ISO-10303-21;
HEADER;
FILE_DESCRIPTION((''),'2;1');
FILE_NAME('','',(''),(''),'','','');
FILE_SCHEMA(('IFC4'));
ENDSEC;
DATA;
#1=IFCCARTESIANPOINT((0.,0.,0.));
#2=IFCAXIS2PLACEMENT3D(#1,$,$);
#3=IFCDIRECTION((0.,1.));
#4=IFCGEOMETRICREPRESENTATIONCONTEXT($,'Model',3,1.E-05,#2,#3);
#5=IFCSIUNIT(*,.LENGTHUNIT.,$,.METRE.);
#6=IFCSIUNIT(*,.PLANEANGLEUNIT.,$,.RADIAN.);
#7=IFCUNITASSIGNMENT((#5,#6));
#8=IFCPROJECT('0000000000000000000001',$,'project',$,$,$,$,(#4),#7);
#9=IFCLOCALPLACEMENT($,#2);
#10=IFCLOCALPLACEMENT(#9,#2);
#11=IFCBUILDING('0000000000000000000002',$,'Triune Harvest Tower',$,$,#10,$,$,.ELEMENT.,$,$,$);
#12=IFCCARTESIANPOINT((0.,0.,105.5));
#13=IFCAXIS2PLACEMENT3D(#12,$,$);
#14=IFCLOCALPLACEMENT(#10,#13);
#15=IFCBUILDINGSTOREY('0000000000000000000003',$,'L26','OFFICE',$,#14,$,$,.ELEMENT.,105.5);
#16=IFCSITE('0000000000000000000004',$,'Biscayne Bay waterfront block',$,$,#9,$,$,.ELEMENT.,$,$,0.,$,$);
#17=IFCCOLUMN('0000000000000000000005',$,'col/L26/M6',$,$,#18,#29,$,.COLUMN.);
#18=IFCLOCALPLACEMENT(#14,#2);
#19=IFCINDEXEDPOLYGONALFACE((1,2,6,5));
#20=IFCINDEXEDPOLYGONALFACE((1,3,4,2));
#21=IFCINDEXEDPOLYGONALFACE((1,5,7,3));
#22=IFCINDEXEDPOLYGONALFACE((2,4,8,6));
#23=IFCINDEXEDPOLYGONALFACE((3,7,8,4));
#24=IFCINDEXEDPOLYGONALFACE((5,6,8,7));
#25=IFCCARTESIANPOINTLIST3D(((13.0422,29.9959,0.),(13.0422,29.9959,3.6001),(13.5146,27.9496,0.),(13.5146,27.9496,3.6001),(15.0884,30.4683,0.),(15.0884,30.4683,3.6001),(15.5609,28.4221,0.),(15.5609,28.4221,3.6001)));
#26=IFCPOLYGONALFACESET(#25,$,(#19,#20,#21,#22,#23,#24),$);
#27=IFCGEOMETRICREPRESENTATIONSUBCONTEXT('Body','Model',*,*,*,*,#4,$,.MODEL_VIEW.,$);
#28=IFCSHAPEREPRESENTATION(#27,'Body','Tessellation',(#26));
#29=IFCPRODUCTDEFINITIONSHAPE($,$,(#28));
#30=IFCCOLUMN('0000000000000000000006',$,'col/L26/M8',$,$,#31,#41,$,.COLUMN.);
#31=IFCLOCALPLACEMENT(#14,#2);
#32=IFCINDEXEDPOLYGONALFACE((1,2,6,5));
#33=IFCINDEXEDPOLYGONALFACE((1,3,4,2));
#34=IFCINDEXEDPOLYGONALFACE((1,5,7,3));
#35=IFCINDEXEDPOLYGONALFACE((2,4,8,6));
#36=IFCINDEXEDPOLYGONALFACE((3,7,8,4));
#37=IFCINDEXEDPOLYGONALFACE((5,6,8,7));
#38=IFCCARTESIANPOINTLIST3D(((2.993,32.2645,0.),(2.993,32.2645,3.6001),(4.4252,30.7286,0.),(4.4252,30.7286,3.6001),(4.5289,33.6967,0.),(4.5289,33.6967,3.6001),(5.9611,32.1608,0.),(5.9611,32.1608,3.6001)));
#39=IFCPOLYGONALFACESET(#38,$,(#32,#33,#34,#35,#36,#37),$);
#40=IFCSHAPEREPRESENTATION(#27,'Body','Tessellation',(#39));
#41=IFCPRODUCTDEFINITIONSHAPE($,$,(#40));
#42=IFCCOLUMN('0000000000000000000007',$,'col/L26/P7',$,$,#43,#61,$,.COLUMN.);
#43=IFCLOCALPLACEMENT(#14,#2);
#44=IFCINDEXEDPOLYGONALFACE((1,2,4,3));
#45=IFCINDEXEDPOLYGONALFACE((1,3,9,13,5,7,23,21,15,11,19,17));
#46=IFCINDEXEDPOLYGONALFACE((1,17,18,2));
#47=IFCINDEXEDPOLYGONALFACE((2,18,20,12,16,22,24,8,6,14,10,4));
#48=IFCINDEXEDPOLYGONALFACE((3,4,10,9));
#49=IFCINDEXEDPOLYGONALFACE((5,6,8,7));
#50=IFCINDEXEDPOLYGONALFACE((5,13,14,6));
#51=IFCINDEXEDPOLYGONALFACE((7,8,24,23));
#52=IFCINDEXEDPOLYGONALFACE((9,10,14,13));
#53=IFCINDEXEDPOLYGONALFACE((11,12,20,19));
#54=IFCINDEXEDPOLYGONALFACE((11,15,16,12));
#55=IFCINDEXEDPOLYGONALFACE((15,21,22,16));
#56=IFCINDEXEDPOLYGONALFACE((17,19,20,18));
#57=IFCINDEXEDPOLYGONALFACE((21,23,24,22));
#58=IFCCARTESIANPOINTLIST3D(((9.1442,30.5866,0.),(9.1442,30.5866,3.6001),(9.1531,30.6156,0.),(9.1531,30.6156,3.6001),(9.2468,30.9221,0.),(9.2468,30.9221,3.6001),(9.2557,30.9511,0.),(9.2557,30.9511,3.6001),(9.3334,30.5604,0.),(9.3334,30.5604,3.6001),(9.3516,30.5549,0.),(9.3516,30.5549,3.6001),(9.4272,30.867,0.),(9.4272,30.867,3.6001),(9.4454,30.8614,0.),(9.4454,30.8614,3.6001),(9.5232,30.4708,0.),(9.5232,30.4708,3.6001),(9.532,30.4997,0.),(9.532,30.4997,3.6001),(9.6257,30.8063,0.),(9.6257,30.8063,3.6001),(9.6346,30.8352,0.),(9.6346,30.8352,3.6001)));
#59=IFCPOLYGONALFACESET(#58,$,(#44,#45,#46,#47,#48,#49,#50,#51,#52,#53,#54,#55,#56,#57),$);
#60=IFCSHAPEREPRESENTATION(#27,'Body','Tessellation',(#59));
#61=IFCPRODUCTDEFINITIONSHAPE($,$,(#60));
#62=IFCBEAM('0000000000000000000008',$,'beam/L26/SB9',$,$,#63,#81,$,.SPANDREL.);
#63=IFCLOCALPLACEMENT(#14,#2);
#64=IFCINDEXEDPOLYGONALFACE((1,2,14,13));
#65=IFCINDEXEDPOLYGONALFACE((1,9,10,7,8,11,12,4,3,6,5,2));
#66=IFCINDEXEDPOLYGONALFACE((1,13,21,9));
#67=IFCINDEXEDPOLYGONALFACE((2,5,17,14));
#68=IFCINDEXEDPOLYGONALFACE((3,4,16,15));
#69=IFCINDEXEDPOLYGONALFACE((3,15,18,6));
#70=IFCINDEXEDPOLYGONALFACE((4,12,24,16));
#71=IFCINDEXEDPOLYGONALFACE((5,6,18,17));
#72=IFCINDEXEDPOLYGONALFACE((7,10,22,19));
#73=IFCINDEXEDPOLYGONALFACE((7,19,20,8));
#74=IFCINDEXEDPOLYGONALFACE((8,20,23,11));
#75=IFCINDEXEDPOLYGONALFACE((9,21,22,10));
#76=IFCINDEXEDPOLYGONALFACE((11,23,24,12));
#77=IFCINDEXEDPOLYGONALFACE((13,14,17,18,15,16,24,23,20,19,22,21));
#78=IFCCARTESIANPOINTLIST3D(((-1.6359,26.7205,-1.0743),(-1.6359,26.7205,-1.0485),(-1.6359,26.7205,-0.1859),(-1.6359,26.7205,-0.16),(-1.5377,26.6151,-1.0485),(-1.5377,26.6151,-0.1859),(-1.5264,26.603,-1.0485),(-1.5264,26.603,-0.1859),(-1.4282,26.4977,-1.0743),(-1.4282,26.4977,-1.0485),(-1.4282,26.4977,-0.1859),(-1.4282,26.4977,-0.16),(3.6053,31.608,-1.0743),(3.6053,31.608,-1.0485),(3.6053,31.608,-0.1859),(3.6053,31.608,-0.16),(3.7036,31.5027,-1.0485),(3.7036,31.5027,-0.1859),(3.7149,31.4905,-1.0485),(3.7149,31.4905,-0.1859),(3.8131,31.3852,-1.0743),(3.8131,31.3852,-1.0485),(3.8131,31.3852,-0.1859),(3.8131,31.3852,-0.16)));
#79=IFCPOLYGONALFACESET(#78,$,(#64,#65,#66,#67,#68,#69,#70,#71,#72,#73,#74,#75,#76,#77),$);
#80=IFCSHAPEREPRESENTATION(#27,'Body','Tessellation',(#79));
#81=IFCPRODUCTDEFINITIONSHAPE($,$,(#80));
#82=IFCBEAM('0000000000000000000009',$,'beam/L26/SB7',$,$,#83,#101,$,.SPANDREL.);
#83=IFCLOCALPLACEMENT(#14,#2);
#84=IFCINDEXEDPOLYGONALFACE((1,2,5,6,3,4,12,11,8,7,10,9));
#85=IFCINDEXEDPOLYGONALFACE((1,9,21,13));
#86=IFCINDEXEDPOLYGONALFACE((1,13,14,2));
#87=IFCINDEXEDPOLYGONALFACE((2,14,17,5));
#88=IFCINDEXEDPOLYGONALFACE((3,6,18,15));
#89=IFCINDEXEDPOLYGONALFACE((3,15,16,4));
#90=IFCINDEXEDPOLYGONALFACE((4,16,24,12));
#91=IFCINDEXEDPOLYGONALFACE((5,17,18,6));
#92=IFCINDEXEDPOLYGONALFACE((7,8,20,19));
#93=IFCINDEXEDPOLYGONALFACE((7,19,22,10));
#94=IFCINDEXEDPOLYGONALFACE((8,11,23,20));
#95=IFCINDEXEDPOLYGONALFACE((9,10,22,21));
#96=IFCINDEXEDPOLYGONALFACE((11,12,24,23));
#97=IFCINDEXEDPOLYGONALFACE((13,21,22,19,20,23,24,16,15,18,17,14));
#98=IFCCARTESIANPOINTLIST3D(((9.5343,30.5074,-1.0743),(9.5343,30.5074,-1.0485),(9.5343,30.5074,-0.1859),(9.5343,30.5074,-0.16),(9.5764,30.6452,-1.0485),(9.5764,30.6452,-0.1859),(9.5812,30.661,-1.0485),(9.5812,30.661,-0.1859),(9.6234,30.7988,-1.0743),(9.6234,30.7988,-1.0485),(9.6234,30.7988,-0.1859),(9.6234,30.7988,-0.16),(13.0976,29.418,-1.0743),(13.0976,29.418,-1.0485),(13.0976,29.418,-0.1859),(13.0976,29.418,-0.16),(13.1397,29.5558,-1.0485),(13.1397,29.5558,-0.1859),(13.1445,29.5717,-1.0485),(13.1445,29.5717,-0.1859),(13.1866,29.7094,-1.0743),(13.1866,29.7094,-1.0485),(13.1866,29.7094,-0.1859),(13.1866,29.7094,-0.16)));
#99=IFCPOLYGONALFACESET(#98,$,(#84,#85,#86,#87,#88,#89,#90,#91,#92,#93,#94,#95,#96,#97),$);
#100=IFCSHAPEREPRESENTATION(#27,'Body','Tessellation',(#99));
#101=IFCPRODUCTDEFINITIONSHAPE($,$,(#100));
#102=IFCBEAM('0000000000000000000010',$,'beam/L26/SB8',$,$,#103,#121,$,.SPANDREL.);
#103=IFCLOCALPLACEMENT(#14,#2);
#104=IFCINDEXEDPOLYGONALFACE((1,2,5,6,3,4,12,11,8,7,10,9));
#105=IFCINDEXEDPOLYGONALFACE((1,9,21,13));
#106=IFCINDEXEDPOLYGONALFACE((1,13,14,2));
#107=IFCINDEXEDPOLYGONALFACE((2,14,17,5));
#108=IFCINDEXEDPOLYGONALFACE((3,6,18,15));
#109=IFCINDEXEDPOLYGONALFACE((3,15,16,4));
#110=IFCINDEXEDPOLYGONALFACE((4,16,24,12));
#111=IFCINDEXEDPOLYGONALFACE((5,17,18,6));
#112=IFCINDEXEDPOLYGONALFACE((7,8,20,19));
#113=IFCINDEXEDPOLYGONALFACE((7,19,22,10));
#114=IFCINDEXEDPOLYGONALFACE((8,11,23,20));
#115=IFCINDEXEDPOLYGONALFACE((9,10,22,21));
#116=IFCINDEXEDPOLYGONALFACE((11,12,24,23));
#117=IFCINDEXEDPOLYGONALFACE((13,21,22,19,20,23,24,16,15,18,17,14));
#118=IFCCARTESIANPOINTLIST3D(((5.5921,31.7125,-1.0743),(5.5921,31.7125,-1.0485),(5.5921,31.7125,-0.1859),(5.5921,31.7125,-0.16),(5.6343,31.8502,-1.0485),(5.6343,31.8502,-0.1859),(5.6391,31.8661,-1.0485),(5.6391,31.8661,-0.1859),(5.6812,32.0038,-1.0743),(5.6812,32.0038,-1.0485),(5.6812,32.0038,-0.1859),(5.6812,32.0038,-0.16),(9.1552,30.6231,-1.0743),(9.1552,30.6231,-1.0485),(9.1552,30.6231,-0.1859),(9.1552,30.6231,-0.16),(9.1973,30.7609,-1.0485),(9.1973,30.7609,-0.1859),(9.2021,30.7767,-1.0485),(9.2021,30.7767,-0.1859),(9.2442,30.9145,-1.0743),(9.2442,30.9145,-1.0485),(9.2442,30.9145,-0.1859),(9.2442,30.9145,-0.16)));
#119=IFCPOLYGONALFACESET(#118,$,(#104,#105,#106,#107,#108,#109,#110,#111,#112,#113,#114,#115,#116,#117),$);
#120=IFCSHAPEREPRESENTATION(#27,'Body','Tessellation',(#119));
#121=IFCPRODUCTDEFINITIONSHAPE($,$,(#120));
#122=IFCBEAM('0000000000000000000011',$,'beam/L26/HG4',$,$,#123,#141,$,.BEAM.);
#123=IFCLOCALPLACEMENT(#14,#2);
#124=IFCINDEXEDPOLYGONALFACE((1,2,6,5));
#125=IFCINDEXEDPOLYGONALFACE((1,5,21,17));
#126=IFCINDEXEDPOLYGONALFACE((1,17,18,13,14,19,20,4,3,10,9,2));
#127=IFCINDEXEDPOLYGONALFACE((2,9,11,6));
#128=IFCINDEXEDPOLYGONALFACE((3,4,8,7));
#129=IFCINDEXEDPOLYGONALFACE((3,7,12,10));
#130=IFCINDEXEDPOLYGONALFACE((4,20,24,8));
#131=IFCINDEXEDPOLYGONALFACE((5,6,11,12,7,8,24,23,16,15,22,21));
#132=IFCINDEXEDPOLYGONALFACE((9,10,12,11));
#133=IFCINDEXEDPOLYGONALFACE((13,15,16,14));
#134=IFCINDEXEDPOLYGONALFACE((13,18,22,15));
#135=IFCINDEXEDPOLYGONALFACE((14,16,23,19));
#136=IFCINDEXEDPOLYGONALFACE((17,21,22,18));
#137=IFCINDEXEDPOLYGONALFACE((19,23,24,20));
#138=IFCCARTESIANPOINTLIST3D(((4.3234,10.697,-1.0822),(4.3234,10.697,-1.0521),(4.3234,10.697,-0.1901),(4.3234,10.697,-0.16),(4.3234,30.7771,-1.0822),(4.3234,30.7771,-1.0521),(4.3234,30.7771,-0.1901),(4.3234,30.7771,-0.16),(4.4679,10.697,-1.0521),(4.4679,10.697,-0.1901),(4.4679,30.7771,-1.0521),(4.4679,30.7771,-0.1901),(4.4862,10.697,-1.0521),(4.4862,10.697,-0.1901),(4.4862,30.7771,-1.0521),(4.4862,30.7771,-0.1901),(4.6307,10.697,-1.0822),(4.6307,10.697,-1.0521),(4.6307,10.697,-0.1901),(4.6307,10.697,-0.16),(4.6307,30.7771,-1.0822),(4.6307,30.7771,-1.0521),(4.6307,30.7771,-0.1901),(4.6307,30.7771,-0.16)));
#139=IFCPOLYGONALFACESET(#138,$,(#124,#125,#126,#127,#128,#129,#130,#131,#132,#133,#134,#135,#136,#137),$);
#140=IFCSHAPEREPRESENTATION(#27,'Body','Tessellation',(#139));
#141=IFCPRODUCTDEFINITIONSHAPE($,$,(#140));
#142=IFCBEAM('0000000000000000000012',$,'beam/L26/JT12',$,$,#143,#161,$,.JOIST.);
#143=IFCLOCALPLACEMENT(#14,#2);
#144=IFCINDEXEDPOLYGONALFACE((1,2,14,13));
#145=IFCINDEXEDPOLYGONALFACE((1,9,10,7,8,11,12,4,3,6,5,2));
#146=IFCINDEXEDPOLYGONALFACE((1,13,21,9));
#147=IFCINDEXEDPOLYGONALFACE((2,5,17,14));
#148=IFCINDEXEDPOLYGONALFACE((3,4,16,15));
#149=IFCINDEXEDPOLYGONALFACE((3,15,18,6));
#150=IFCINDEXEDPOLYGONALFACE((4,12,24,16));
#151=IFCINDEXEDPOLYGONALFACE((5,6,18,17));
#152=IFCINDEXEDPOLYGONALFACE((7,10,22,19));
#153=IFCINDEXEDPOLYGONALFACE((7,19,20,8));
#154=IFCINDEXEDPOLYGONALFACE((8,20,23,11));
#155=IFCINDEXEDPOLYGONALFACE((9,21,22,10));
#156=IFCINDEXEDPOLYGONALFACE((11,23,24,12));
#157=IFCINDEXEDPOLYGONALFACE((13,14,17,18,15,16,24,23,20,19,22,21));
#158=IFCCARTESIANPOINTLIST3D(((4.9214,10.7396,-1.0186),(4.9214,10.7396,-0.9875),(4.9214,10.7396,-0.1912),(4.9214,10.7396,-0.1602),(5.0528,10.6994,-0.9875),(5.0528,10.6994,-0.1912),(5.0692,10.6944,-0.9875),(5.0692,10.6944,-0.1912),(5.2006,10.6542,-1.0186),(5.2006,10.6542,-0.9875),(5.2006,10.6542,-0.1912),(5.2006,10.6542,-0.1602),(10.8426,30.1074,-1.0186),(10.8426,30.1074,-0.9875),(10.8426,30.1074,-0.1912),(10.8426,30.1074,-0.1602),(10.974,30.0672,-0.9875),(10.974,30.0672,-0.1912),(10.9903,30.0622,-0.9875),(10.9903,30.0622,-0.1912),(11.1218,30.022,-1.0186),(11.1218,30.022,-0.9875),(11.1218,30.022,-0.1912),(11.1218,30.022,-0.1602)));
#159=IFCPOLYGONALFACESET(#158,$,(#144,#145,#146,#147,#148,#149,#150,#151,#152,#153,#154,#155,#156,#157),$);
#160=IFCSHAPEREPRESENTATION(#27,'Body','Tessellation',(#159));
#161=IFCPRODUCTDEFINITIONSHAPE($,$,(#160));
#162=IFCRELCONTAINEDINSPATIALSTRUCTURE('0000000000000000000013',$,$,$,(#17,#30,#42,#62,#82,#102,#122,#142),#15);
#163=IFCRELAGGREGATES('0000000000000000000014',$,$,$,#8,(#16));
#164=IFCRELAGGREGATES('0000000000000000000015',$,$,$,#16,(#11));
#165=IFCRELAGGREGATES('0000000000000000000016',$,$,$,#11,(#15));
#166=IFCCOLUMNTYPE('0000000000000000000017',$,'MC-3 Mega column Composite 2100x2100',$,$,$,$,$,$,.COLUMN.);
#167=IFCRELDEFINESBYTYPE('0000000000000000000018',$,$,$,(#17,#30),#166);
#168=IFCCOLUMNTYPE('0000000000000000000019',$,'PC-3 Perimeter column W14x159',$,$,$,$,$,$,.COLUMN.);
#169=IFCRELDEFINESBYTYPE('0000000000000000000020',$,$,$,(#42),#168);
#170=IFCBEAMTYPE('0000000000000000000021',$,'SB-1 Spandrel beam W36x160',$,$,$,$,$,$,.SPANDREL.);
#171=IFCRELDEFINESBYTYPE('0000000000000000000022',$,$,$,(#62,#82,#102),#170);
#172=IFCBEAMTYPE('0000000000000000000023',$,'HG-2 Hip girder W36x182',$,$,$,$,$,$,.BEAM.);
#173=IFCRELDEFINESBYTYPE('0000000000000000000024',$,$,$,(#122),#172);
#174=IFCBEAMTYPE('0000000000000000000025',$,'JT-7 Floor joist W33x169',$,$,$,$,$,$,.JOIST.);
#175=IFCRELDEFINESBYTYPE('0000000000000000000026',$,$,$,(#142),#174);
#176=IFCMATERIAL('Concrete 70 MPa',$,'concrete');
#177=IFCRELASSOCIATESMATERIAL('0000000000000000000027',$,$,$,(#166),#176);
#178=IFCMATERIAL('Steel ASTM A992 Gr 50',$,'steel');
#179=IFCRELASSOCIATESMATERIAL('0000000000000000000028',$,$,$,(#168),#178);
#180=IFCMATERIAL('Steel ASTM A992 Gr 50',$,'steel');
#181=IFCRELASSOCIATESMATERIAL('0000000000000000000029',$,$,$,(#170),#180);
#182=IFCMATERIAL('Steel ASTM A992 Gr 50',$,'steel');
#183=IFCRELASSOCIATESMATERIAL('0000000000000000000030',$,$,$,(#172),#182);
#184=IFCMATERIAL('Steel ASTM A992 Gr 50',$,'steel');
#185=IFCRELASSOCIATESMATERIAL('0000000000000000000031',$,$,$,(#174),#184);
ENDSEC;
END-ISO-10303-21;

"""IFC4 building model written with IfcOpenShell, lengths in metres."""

from ifc_helpers import new_model, si_unit, direction, frame, origin, origin_2d, place, context, subcontext, project, spatial, rectangle, i_section, extrude, source, transform, mapped, material, material_profile, profile_set, type_object, element, save


model = new_model("IFC4")

# Units and contexts
model_context = context("Model", 3, precision=1e-05, world=origin(), true_north=direction((0.0, 1.0)))
body_context = subcontext(model_context, "Body", "Model", "MODEL_VIEW")
ifc_project = project(units=[si_unit("LENGTHUNIT", "METRE"), si_unit("PLANEANGLEUNIT", "RADIAN")], contexts=[model_context])

# Site, building, storey
site_placement = place(None, origin())
site = spatial("IfcSite", under=ifc_project, at=site_placement, Name="Biscayne Bay waterfront block", CompositionType="ELEMENT", RefElevation=0.0)
building_placement = place(site_placement, origin())
building = spatial("IfcBuilding", under=site, at=building_placement, Name="Triune Harvest Tower", CompositionType="ELEMENT")
storey_placement = place(building_placement, frame((0.0, 0.0, 105.5)))
storey = spatial("IfcBuildingStorey", under=building, at=storey_placement, Name="L26", Description="OFFICE", CompositionType="ELEMENT", Elevation=105.5)

# Columns
ifc_material_1 = material(Name="Concrete 70 MPa", Category="concrete")
ifc_material_profile_1 = material_profile(ifc_material_1, rectangle(XDim=2.1001, YDim=2.1001, at=origin_2d()), Name="Composite 2100x2100")
ifc_profile_set_1 = profile_set([ifc_material_profile_1], Name="Concrete 70 MPa")
column_type_1 = type_object("IfcColumnType", Name="MC-3 Mega column Composite 2100x2100", PredefinedType="COLUMN", material=ifc_profile_set_1)
shared_shape_1 = source(origin(), body_context, "Body", "SweptSolid", [
    extrude(rectangle(XDim=2.1001, YDim=2.1001, at=origin_2d()), origin(), (0.0, 0.0, 1.0), 3.6001),
])
for number, where, z_axis, x_axis, name in (
    (1, (14.3015, 29.209, 0.0), (0.0, 0.0, 1.0), (-0.224953, 0.97437, 0.0), "col/L26/M6"),
    (2, (4.4771, 32.2126, 0.0), (0.0, 0.0, 1.0), (-0.731355, -0.681997, 0.0), "col/L26/M8"),
):
    element("IfcColumn", number, at=place(storey_placement, frame(where, z_axis=z_axis, x_axis=x_axis)), inside=storey, type_object=column_type_1, Name=name, PredefinedType="COLUMN", context=body_context, shape_type="MappedRepresentation", body=[
        mapped(shared_shape_1, transform((0.0, 0.0, 0.0), scale=1.0)),
    ])
ifc_material_2 = material(Name="Steel ASTM A992 Gr 50", Category="steel")
ifc_material_profile_2 = material_profile(ifc_material_2, i_section(OverallWidth=0.3962, OverallDepth=0.3811, WebThickness=0.019, FlangeThickness=0.0303, at=origin_2d()), Name="W14x159")
ifc_profile_set_2 = profile_set([ifc_material_profile_2], Name="Steel ASTM A992 Gr 50")
column_type_2 = type_object("IfcColumnType", Name="PC-3 Perimeter column W14x159", PredefinedType="COLUMN", material=ifc_profile_set_2)
shared_shape_2 = source(origin(), body_context, "Body", "SweptSolid", [
    extrude(i_section(OverallWidth=0.3962, OverallDepth=0.3811, WebThickness=0.019, FlangeThickness=0.0303, at=origin_2d()), origin(), (0.0, 0.0, 1.0), 3.6001),
])
column_placement = place(storey_placement, frame((9.3894, 30.7109, 0.0), z_axis=(0.0, 0.0, 1.0), x_axis=(-0.956305, 0.292372, 0.0)))
element("IfcColumn", 3, at=column_placement, inside=storey, type_object=column_type_2, Name="col/L26/P7", PredefinedType="COLUMN", context=body_context, shape_type="MappedRepresentation", body=[
    mapped(shared_shape_2, transform((0.0, 0.0, 0.0), scale=1.0)),
])

# Beams
ifc_material_3 = material(Name="Steel ASTM A992 Gr 50", Category="steel")
ifc_material_profile_3 = material_profile(ifc_material_3, i_section(OverallWidth=0.3047, OverallDepth=0.9143, WebThickness=0.0166, FlangeThickness=0.0259, at=origin_2d()), Name="W36x160")
ifc_profile_set_3 = profile_set([ifc_material_profile_3], Name="Steel ASTM A992 Gr 50")
beam_type_1 = type_object("IfcBeamType", Name="SB-1 Spandrel beam W36x160", PredefinedType="SPANDREL", material=ifc_profile_set_3)
shared_shape_3 = source(origin(), body_context, "Body", "SweptSolid", [
    extrude(i_section(OverallWidth=0.3047, OverallDepth=0.9143, WebThickness=0.0166, FlangeThickness=0.0259, at=origin_2d()), origin(), (0.0, 0.0, 1.0), 7.1665),
])
beam_1_placement = place(storey_placement, frame((3.7092, 31.4966, -0.6172), z_axis=(-0.731358, -0.681994, 0.0), x_axis=(0.681994, -0.731358, 0.0)))
element("IfcBeam", 4, at=beam_1_placement, inside=storey, type_object=beam_type_1, Name="beam/L26/SB9", PredefinedType="SPANDREL", context=body_context, shape_type="MappedRepresentation", body=[
    mapped(shared_shape_3, transform((0.0, 0.0, 0.0), scale=1.0)),
])
shared_shape_4 = source(origin(), body_context, "Body", "SweptSolid", [
    extrude(i_section(OverallWidth=0.3047, OverallDepth=0.9143, WebThickness=0.0166, FlangeThickness=0.0259, at=origin_2d()), origin(), (0.0, 0.0, 1.0), 3.7261),
])
beam_2_placement = place(storey_placement, frame((13.1421, 29.5637, -0.6172), z_axis=(-0.956307, 0.292363, 0.0), x_axis=(-0.292363, -0.956307, 0.0)))
element("IfcBeam", 5, at=beam_2_placement, inside=storey, type_object=beam_type_1, Name="beam/L26/SB7", PredefinedType="SPANDREL", context=body_context, shape_type="MappedRepresentation", body=[
    mapped(shared_shape_4, transform((0.0, 0.0, 0.0), scale=1.0)),
])
shared_shape_5 = source(origin(), body_context, "Body", "SweptSolid", [
    extrude(i_section(OverallWidth=0.3047, OverallDepth=0.9143, WebThickness=0.0166, FlangeThickness=0.0259, at=origin_2d()), origin(), (0.0, 0.0, 1.0), 3.7258),
])
beam_3_placement = place(storey_placement, frame((9.1997, 30.7688, -0.6172), z_axis=(-0.956302, 0.292382, 0.0), x_axis=(-0.292382, -0.956302, 0.0)))
element("IfcBeam", 6, at=beam_3_placement, inside=storey, type_object=beam_type_1, Name="beam/L26/SB8", PredefinedType="SPANDREL", context=body_context, shape_type="MappedRepresentation", body=[
    mapped(shared_shape_5, transform((0.0, 0.0, 0.0), scale=1.0)),
])
ifc_material_4 = material(Name="Steel ASTM A992 Gr 50", Category="steel")
ifc_material_profile_4 = material_profile(ifc_material_4, i_section(OverallWidth=0.3074, OverallDepth=0.9221, WebThickness=0.0183, FlangeThickness=0.03, at=origin_2d()), Name="W36x182")
ifc_profile_set_4 = profile_set([ifc_material_profile_4], Name="Steel ASTM A992 Gr 50")
beam_type_2 = type_object("IfcBeamType", Name="HG-2 Hip girder W36x182", PredefinedType="BEAM", material=ifc_profile_set_4)
shared_shape_6 = source(origin(), body_context, "Body", "SweptSolid", [
    extrude(i_section(OverallWidth=0.3074, OverallDepth=0.9221, WebThickness=0.0183, FlangeThickness=0.03, at=origin_2d()), origin(), (0.0, 0.0, 1.0), 20.0801),
])
beam_4_placement = place(storey_placement, frame((4.4771, 30.7771, -0.6211), z_axis=(0.0, -1.0, 0.0), x_axis=(1.0, 0.0, 0.0)))
element("IfcBeam", 7, at=beam_4_placement, inside=storey, type_object=beam_type_2, Name="beam/L26/HG4", PredefinedType="BEAM", context=body_context, shape_type="MappedRepresentation", body=[
    mapped(shared_shape_6, transform((0.0, 0.0, 0.0), scale=1.0)),
])
ifc_material_5 = material(Name="Steel ASTM A992 Gr 50", Category="steel")
ifc_material_profile_5 = material_profile(ifc_material_5, i_section(OverallWidth=0.292, OverallDepth=0.8584, WebThickness=0.0171, FlangeThickness=0.031, at=origin_2d()), Name="W33x169")
ifc_profile_set_5 = profile_set([ifc_material_profile_5], Name="Steel ASTM A992 Gr 50")
beam_type_3 = type_object("IfcBeamType", Name="JT-7 Floor joist W33x169", PredefinedType="JOIST", material=ifc_profile_set_5)
shared_shape_7 = source(origin(), body_context, "Body", "SweptSolid", [
    extrude(i_section(OverallWidth=0.292, OverallDepth=0.8584, WebThickness=0.0171, FlangeThickness=0.031, at=origin_2d()), origin(), (0.0, 0.0, 1.0), 20.2527),
])
beam_5_placement = place(storey_placement, frame((10.9822, 30.0647, -0.5894), z_axis=(-0.292365, -0.956307, 0.0), x_axis=(0.956307, -0.292365, 0.0)))
element("IfcBeam", 8, at=beam_5_placement, inside=storey, type_object=beam_type_3, Name="beam/L26/JT12", PredefinedType="JOIST", context=body_context, shape_type="MappedRepresentation", body=[
    mapped(shared_shape_7, transform((0.0, 0.0, 0.0), scale=1.0)),
])

save(model, "model.ifc")
